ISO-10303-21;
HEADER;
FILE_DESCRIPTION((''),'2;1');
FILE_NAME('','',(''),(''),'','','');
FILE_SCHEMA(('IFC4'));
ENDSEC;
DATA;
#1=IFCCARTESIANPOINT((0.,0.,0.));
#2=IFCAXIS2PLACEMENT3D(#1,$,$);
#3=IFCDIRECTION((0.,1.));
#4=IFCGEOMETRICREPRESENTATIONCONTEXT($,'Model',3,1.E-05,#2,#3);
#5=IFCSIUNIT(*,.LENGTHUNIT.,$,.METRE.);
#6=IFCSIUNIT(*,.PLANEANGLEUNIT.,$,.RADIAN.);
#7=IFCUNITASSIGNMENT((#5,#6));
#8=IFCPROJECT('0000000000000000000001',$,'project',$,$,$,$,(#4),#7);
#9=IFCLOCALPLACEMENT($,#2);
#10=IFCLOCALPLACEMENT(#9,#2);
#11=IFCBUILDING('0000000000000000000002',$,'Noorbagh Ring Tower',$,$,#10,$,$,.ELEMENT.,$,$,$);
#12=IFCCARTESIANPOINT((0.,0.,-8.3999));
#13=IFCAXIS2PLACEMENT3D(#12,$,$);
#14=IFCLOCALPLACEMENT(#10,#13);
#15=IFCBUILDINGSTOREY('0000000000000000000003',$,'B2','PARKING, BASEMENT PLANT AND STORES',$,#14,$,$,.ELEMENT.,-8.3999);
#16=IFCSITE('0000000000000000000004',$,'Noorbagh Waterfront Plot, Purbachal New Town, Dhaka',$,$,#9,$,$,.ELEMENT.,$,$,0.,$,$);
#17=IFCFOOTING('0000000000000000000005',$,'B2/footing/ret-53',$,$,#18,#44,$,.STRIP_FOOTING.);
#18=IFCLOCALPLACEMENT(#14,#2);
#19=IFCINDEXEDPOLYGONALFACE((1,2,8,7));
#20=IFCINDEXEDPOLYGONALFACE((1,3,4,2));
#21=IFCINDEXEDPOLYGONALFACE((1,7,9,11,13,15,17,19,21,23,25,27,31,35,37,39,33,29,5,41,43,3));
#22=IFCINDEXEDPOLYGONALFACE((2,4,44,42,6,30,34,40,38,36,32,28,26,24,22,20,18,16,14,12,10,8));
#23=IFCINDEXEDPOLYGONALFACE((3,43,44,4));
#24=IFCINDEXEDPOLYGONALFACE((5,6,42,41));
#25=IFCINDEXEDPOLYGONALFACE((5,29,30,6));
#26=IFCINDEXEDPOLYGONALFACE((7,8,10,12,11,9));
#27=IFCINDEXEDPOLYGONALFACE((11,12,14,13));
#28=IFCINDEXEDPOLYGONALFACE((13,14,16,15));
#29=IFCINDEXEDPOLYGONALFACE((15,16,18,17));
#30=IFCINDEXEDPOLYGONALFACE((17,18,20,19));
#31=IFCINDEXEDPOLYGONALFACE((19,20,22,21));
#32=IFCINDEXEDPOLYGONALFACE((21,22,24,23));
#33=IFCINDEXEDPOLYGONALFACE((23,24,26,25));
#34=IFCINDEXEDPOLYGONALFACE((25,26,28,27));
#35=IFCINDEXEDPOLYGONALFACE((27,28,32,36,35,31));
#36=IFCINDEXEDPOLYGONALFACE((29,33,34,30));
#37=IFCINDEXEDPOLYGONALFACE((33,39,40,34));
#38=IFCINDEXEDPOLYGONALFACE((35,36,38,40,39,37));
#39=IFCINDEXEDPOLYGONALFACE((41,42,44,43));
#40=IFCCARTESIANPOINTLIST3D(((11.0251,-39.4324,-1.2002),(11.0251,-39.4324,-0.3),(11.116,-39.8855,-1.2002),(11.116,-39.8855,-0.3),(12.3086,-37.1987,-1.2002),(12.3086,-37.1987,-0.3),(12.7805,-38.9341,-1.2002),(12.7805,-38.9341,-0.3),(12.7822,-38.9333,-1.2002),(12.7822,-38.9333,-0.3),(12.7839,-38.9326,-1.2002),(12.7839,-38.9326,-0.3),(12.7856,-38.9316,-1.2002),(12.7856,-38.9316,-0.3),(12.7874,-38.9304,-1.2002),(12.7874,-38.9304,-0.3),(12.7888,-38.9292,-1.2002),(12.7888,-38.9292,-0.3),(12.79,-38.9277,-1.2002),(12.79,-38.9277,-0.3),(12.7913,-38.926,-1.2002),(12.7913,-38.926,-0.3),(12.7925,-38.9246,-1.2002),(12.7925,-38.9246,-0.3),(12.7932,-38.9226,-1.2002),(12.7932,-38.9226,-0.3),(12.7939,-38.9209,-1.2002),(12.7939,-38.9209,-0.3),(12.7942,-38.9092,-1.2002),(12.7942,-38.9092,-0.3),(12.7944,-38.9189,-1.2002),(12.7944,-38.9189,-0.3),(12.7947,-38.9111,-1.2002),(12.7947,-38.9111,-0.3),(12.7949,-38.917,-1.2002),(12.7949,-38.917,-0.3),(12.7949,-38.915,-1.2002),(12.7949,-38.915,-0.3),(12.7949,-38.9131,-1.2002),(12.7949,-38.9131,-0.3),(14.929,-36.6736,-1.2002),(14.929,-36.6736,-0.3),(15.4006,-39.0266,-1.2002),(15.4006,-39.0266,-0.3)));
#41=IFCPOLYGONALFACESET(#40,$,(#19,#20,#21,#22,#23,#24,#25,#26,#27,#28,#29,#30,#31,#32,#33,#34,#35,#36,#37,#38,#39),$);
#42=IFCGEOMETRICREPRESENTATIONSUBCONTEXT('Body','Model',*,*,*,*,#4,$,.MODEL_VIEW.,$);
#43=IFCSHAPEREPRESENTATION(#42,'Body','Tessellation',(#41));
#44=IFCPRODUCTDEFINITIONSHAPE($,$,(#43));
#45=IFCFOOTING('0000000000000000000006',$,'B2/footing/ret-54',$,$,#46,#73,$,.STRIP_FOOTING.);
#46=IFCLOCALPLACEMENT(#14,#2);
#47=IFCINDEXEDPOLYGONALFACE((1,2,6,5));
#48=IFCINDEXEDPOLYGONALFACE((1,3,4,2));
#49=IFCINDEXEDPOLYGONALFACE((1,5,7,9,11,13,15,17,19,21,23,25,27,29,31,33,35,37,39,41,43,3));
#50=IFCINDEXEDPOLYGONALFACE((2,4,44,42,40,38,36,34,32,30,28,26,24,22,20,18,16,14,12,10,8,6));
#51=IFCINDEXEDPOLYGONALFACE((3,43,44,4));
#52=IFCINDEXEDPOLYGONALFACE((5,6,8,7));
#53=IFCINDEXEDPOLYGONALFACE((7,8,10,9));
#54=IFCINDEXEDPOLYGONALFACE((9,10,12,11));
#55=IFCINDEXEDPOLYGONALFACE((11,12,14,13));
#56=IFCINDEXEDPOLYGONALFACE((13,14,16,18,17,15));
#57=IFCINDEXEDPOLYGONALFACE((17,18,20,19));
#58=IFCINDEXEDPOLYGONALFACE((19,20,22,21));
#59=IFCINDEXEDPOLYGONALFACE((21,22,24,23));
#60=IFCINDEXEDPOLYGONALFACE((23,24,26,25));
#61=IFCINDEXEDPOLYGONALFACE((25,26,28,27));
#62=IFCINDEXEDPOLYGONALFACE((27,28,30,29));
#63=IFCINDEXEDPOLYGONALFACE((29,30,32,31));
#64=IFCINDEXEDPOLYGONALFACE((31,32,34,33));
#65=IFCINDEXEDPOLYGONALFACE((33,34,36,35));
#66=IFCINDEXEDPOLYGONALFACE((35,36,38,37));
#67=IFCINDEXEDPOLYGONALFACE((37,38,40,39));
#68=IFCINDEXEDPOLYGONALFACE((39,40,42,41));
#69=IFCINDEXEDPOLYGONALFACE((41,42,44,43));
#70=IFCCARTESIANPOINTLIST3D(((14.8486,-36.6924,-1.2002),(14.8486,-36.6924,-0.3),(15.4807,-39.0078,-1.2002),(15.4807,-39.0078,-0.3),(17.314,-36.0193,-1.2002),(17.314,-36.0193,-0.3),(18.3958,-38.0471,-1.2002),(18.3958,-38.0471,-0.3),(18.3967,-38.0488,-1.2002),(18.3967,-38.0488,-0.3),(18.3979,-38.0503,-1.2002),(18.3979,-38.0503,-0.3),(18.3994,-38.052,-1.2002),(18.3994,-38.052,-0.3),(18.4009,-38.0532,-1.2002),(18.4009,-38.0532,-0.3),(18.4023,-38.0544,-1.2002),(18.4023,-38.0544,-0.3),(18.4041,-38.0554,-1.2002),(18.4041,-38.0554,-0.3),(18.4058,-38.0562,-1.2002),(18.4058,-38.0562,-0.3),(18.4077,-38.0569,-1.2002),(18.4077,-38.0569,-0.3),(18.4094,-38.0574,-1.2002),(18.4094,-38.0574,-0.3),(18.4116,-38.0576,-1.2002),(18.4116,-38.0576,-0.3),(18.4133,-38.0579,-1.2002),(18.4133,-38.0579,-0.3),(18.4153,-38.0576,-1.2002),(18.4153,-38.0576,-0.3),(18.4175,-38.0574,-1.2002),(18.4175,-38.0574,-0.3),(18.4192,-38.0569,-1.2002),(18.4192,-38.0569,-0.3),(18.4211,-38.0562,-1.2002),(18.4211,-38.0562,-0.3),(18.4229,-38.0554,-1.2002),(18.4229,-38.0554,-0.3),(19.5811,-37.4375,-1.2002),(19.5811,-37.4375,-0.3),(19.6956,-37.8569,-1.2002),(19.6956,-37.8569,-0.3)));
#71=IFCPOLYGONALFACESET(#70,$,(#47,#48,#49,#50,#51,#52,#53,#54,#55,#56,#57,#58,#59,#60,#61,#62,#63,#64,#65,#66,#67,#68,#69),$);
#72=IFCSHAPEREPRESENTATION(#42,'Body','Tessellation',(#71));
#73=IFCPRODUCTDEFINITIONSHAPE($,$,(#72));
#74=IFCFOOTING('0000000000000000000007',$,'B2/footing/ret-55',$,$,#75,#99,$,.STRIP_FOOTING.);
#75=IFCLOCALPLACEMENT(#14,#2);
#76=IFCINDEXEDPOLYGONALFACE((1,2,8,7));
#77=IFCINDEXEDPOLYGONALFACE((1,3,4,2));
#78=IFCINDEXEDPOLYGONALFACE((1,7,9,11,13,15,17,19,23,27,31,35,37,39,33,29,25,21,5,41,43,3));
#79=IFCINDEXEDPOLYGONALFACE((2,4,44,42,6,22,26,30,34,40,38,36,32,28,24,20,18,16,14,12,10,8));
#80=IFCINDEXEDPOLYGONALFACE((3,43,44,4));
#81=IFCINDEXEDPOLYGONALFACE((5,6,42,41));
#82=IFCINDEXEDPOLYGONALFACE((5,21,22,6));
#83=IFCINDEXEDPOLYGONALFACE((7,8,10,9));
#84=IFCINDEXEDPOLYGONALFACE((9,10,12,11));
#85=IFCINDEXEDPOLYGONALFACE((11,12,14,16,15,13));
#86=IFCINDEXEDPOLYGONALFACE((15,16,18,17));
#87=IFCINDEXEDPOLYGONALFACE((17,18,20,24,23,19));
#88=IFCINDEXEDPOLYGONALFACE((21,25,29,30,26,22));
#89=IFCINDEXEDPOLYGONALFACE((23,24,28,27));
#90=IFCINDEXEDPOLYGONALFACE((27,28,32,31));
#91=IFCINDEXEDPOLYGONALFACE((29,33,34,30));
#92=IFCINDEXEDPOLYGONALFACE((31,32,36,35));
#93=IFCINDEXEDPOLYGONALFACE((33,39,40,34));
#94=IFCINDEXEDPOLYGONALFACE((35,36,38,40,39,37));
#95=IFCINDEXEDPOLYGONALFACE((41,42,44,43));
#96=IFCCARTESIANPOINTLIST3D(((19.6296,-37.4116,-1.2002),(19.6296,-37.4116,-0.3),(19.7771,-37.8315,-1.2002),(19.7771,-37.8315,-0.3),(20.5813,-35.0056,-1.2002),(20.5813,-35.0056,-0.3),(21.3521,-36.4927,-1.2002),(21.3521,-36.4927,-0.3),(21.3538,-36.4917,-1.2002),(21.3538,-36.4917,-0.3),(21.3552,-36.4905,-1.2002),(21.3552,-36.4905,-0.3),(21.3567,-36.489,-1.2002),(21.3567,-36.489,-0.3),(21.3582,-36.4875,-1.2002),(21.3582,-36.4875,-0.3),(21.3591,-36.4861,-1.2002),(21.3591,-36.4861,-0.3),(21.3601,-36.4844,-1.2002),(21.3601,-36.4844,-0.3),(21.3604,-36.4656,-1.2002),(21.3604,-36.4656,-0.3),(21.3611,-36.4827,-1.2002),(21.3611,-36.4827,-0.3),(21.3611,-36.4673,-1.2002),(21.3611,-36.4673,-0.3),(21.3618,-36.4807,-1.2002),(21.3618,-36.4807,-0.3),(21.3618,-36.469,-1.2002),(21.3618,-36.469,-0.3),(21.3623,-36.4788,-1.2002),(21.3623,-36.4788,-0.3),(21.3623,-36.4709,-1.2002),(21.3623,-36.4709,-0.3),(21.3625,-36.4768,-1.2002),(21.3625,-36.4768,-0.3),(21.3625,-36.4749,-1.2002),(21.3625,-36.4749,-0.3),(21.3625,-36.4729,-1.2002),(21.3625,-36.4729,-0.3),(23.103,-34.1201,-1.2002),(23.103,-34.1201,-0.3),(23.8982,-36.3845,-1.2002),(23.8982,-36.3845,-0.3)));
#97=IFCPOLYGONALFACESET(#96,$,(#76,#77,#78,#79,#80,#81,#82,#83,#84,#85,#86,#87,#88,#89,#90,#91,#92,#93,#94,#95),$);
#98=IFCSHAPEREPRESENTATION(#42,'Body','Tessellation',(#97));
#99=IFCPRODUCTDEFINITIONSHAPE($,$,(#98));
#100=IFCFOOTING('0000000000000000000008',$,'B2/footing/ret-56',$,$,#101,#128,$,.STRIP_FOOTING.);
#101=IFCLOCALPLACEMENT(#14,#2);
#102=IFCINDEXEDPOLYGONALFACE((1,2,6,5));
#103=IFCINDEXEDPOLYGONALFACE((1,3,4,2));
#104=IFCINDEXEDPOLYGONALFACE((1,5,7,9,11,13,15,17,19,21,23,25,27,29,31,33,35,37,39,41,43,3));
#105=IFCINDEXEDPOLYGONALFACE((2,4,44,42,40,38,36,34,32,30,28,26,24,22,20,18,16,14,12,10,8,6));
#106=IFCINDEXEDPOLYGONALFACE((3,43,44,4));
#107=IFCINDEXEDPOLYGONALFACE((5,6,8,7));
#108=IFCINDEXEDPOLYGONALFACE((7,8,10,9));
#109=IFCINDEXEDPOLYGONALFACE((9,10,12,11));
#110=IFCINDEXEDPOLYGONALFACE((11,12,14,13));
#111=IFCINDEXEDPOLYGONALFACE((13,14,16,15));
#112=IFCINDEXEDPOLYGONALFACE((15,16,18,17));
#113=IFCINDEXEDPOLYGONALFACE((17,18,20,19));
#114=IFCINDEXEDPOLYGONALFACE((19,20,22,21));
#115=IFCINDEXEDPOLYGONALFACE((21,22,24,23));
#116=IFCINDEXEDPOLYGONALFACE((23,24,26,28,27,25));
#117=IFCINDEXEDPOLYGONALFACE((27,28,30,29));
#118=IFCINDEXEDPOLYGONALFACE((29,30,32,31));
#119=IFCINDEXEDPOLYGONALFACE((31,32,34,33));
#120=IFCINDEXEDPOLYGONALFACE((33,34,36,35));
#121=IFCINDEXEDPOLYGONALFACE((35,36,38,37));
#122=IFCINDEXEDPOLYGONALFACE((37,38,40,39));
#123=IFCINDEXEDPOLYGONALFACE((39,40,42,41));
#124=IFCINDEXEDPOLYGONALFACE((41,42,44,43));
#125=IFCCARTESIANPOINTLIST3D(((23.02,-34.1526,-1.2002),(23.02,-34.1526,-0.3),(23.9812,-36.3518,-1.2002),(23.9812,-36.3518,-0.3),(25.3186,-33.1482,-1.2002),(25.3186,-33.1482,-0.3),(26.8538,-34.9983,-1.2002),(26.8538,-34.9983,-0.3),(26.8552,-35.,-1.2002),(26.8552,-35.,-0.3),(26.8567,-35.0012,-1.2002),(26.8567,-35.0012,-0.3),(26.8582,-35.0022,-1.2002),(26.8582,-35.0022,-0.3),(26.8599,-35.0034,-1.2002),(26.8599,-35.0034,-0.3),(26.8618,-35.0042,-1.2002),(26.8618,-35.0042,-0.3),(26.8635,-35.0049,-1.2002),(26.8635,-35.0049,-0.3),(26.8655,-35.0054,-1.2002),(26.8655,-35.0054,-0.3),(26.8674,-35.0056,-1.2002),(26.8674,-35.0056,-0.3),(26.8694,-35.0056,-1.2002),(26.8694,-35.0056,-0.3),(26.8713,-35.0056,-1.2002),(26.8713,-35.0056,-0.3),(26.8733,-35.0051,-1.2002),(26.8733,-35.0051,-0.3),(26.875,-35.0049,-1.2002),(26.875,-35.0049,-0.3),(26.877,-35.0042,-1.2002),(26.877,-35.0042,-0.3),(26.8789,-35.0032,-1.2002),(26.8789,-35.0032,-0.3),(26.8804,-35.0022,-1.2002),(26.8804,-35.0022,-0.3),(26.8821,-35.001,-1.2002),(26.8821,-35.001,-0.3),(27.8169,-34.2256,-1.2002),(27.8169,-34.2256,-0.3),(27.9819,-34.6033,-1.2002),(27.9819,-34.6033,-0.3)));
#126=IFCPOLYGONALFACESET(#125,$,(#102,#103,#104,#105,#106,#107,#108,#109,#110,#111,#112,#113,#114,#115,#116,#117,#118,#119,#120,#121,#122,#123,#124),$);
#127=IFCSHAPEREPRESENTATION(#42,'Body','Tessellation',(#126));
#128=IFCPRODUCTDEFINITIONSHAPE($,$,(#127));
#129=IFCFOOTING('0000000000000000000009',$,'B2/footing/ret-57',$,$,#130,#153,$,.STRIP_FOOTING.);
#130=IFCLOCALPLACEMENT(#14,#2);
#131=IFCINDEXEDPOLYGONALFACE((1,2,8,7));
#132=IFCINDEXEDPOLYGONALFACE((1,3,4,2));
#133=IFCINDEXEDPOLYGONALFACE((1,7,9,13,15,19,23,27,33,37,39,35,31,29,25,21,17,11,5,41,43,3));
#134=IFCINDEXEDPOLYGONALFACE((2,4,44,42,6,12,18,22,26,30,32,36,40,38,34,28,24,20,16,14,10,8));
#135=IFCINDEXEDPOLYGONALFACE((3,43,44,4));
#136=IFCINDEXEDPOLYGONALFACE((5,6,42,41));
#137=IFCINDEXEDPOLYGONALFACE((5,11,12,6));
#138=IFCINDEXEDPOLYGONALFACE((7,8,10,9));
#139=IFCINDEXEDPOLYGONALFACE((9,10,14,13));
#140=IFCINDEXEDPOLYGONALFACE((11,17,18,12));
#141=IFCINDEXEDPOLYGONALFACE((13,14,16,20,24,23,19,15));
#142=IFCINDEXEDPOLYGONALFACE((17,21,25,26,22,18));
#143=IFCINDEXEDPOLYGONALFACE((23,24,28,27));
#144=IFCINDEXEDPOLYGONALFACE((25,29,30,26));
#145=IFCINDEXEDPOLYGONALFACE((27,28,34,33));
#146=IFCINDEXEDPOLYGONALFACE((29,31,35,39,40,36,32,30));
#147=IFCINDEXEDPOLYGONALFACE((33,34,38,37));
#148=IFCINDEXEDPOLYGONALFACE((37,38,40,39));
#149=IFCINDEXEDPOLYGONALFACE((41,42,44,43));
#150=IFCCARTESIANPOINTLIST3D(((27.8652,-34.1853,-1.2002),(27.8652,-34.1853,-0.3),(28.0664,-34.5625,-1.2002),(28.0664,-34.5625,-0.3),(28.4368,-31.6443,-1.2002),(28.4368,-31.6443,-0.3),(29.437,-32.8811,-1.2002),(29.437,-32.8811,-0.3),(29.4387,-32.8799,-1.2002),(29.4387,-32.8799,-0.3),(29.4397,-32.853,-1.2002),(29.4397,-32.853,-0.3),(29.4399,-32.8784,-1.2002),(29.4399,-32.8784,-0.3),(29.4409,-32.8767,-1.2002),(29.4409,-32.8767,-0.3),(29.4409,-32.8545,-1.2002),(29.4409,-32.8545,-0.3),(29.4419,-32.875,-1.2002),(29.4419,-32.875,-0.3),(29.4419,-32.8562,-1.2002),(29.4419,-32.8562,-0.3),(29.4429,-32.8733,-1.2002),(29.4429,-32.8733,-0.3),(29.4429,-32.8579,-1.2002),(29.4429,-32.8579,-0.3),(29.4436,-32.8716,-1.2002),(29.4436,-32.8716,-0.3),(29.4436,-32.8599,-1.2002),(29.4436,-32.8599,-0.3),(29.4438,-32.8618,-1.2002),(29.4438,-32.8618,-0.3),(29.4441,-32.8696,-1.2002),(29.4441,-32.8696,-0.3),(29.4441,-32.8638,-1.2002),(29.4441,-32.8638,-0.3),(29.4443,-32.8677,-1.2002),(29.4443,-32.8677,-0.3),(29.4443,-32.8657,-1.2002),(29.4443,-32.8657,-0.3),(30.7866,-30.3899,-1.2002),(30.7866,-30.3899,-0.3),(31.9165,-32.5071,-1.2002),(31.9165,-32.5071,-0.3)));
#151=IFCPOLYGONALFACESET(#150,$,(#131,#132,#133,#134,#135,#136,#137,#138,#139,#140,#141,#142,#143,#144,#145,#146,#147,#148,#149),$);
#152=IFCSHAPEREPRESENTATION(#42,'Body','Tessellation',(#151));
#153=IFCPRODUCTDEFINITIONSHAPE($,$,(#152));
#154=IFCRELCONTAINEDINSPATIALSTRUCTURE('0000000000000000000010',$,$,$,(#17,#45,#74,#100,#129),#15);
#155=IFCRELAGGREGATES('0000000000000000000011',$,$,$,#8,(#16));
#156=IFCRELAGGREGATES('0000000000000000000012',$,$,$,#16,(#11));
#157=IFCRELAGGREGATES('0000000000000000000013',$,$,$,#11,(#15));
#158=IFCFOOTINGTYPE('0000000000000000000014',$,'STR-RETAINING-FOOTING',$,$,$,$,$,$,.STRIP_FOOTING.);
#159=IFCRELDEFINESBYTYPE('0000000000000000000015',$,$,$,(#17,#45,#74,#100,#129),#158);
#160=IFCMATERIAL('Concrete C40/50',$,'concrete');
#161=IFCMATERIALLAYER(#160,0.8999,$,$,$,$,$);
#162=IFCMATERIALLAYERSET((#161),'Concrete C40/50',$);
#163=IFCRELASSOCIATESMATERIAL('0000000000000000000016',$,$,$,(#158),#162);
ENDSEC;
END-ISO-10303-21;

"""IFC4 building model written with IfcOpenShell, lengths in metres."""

from ifc_helpers import new_model, si_unit, direction, frame, origin, place, context, subcontext, project, spatial, polyline, outline, extrude, material, layer, layer_set, type_object, element, save


model = new_model("IFC4")

# Units and contexts
model_context = context("Model", 3, precision=1e-05, world=origin(), true_north=direction((0.0, 1.0)))
body_context = subcontext(model_context, "Body", "Model", "MODEL_VIEW")
ifc_project = project(units=[si_unit("LENGTHUNIT", "METRE"), si_unit("PLANEANGLEUNIT", "RADIAN")], contexts=[model_context])

# Site, building, storey
site_placement = place(None, origin())
site = spatial("IfcSite", under=ifc_project, at=site_placement, Name="Noorbagh Waterfront Plot, Purbachal New Town, Dhaka", CompositionType="ELEMENT", RefElevation=0.0)
building_placement = place(site_placement, origin())
building = spatial("IfcBuilding", under=site, at=building_placement, Name="Noorbagh Ring Tower", CompositionType="ELEMENT")
storey_placement = place(building_placement, frame((0.0, 0.0, -8.3999)))
storey = spatial("IfcBuildingStorey", under=building, at=storey_placement, Name="B2", Description="PARKING, BASEMENT PLANT AND STORES", CompositionType="ELEMENT", Elevation=-8.3999)

# Footings
ifc_material_1 = material(Name="Concrete C40/50", Category="concrete")
ifc_layer_1 = layer(ifc_material_1, 0.8999)
ifc_layer_set_1 = layer_set([ifc_layer_1], Name="Concrete C40/50")
footing_type = type_object("IfcFootingType", Name="STR-RETAINING-FOOTING", PredefinedType="STRIP_FOOTING", material=ifc_layer_set_1)
footing_1_placement = place(storey_placement, frame((0.0, 0.0, -1.2002)))
element("IfcFooting", 1, at=footing_1_placement, inside=storey, type_object=footing_type, Name="B2/footing/ret-53", PredefinedType="STRIP_FOOTING", context=body_context, shape_type="SweptSolid", body=[
    extrude(outline(polyline([(15.4006, -39.0266), (11.116, -39.8855), (11.0251, -39.4324), (12.7805, -38.9341), (12.7822, -38.9333), (12.7839, -38.9326), (12.7856, -38.9316), (12.7874, -38.9304), (12.7888, -38.9292), (12.79, -38.9277), (12.7913, -38.926), (12.7925, -38.9246), (12.7932, -38.9226), (12.7939, -38.9209), (12.7944, -38.9189), (12.7949, -38.917), (12.7949, -38.915), (12.7949, -38.9131), (12.7947, -38.9111), (12.7942, -38.9092), (12.3086, -37.1987), (14.929, -36.6736), (15.4006, -39.0266)])), origin(), (0.0, 0.0, 1.0), 0.9001),
])
footing_2_placement = place(storey_placement, frame((0.0, 0.0, -1.2002)))
element("IfcFooting", 2, at=footing_2_placement, inside=storey, type_object=footing_type, Name="B2/footing/ret-54", PredefinedType="STRIP_FOOTING", context=body_context, shape_type="SweptSolid", body=[
    extrude(outline(polyline([(19.6956, -37.8569), (15.4807, -39.0078), (14.8486, -36.6924), (17.314, -36.0193), (18.3958, -38.0471), (18.3967, -38.0488), (18.3979, -38.0503), (18.3994, -38.052), (18.4009, -38.0532), (18.4023, -38.0544), (18.4041, -38.0554), (18.4058, -38.0562), (18.4077, -38.0569), (18.4094, -38.0574), (18.4116, -38.0576), (18.4133, -38.0579), (18.4153, -38.0576), (18.4175, -38.0574), (18.4192, -38.0569), (18.4211, -38.0562), (18.4229, -38.0554), (19.5811, -37.4375), (19.6956, -37.8569)])), origin(), (0.0, 0.0, 1.0), 0.9001),
])
footing_3_placement = place(storey_placement, frame((0.0, 0.0, -1.2002)))
element("IfcFooting", 3, at=footing_3_placement, inside=storey, type_object=footing_type, Name="B2/footing/ret-55", PredefinedType="STRIP_FOOTING", context=body_context, shape_type="SweptSolid", body=[
    extrude(outline(polyline([(23.8982, -36.3845), (19.7771, -37.8315), (19.6296, -37.4116), (21.3521, -36.4927), (21.3538, -36.4917), (21.3552, -36.4905), (21.3567, -36.489), (21.3582, -36.4875), (21.3591, -36.4861), (21.3601, -36.4844), (21.3611, -36.4827), (21.3618, -36.4807), (21.3623, -36.4788), (21.3625, -36.4768), (21.3625, -36.4749), (21.3625, -36.4729), (21.3623, -36.4709), (21.3618, -36.469), (21.3611, -36.4673), (21.3604, -36.4656), (20.5813, -35.0056), (23.103, -34.1201), (23.8982, -36.3845)])), origin(), (0.0, 0.0, 1.0), 0.9001),
])
footing_4_placement = place(storey_placement, frame((0.0, 0.0, -1.2002)))
element("IfcFooting", 4, at=footing_4_placement, inside=storey, type_object=footing_type, Name="B2/footing/ret-56", PredefinedType="STRIP_FOOTING", context=body_context, shape_type="SweptSolid", body=[
    extrude(outline(polyline([(27.9819, -34.6033), (23.9812, -36.3518), (23.02, -34.1526), (25.3186, -33.1482), (26.8538, -34.9983), (26.8552, -35.0), (26.8567, -35.0012), (26.8582, -35.0022), (26.8599, -35.0034), (26.8618, -35.0042), (26.8635, -35.0049), (26.8655, -35.0054), (26.8674, -35.0056), (26.8694, -35.0056), (26.8713, -35.0056), (26.8733, -35.0051), (26.875, -35.0049), (26.877, -35.0042), (26.8789, -35.0032), (26.8804, -35.0022), (26.8821, -35.001), (27.8169, -34.2256), (27.9819, -34.6033)])), origin(), (0.0, 0.0, 1.0), 0.9001),
])
footing_5_placement = place(storey_placement, frame((0.0, 0.0, -1.2002)))
element("IfcFooting", 5, at=footing_5_placement, inside=storey, type_object=footing_type, Name="B2/footing/ret-57", PredefinedType="STRIP_FOOTING", context=body_context, shape_type="SweptSolid", body=[
    extrude(outline(polyline([(31.9165, -32.5071), (28.0664, -34.5625), (27.8652, -34.1853), (29.437, -32.8811), (29.4387, -32.8799), (29.4399, -32.8784), (29.4409, -32.8767), (29.4419, -32.875), (29.4429, -32.8733), (29.4436, -32.8716), (29.4441, -32.8696), (29.4443, -32.8677), (29.4443, -32.8657), (29.4441, -32.8638), (29.4438, -32.8618), (29.4436, -32.8599), (29.4429, -32.8579), (29.4419, -32.8562), (29.4409, -32.8545), (29.4397, -32.853), (28.4368, -31.6443), (30.7866, -30.3899), (31.9165, -32.5071)])), origin(), (0.0, 0.0, 1.0), 0.9001),
])

save(model, "model.ifc")
